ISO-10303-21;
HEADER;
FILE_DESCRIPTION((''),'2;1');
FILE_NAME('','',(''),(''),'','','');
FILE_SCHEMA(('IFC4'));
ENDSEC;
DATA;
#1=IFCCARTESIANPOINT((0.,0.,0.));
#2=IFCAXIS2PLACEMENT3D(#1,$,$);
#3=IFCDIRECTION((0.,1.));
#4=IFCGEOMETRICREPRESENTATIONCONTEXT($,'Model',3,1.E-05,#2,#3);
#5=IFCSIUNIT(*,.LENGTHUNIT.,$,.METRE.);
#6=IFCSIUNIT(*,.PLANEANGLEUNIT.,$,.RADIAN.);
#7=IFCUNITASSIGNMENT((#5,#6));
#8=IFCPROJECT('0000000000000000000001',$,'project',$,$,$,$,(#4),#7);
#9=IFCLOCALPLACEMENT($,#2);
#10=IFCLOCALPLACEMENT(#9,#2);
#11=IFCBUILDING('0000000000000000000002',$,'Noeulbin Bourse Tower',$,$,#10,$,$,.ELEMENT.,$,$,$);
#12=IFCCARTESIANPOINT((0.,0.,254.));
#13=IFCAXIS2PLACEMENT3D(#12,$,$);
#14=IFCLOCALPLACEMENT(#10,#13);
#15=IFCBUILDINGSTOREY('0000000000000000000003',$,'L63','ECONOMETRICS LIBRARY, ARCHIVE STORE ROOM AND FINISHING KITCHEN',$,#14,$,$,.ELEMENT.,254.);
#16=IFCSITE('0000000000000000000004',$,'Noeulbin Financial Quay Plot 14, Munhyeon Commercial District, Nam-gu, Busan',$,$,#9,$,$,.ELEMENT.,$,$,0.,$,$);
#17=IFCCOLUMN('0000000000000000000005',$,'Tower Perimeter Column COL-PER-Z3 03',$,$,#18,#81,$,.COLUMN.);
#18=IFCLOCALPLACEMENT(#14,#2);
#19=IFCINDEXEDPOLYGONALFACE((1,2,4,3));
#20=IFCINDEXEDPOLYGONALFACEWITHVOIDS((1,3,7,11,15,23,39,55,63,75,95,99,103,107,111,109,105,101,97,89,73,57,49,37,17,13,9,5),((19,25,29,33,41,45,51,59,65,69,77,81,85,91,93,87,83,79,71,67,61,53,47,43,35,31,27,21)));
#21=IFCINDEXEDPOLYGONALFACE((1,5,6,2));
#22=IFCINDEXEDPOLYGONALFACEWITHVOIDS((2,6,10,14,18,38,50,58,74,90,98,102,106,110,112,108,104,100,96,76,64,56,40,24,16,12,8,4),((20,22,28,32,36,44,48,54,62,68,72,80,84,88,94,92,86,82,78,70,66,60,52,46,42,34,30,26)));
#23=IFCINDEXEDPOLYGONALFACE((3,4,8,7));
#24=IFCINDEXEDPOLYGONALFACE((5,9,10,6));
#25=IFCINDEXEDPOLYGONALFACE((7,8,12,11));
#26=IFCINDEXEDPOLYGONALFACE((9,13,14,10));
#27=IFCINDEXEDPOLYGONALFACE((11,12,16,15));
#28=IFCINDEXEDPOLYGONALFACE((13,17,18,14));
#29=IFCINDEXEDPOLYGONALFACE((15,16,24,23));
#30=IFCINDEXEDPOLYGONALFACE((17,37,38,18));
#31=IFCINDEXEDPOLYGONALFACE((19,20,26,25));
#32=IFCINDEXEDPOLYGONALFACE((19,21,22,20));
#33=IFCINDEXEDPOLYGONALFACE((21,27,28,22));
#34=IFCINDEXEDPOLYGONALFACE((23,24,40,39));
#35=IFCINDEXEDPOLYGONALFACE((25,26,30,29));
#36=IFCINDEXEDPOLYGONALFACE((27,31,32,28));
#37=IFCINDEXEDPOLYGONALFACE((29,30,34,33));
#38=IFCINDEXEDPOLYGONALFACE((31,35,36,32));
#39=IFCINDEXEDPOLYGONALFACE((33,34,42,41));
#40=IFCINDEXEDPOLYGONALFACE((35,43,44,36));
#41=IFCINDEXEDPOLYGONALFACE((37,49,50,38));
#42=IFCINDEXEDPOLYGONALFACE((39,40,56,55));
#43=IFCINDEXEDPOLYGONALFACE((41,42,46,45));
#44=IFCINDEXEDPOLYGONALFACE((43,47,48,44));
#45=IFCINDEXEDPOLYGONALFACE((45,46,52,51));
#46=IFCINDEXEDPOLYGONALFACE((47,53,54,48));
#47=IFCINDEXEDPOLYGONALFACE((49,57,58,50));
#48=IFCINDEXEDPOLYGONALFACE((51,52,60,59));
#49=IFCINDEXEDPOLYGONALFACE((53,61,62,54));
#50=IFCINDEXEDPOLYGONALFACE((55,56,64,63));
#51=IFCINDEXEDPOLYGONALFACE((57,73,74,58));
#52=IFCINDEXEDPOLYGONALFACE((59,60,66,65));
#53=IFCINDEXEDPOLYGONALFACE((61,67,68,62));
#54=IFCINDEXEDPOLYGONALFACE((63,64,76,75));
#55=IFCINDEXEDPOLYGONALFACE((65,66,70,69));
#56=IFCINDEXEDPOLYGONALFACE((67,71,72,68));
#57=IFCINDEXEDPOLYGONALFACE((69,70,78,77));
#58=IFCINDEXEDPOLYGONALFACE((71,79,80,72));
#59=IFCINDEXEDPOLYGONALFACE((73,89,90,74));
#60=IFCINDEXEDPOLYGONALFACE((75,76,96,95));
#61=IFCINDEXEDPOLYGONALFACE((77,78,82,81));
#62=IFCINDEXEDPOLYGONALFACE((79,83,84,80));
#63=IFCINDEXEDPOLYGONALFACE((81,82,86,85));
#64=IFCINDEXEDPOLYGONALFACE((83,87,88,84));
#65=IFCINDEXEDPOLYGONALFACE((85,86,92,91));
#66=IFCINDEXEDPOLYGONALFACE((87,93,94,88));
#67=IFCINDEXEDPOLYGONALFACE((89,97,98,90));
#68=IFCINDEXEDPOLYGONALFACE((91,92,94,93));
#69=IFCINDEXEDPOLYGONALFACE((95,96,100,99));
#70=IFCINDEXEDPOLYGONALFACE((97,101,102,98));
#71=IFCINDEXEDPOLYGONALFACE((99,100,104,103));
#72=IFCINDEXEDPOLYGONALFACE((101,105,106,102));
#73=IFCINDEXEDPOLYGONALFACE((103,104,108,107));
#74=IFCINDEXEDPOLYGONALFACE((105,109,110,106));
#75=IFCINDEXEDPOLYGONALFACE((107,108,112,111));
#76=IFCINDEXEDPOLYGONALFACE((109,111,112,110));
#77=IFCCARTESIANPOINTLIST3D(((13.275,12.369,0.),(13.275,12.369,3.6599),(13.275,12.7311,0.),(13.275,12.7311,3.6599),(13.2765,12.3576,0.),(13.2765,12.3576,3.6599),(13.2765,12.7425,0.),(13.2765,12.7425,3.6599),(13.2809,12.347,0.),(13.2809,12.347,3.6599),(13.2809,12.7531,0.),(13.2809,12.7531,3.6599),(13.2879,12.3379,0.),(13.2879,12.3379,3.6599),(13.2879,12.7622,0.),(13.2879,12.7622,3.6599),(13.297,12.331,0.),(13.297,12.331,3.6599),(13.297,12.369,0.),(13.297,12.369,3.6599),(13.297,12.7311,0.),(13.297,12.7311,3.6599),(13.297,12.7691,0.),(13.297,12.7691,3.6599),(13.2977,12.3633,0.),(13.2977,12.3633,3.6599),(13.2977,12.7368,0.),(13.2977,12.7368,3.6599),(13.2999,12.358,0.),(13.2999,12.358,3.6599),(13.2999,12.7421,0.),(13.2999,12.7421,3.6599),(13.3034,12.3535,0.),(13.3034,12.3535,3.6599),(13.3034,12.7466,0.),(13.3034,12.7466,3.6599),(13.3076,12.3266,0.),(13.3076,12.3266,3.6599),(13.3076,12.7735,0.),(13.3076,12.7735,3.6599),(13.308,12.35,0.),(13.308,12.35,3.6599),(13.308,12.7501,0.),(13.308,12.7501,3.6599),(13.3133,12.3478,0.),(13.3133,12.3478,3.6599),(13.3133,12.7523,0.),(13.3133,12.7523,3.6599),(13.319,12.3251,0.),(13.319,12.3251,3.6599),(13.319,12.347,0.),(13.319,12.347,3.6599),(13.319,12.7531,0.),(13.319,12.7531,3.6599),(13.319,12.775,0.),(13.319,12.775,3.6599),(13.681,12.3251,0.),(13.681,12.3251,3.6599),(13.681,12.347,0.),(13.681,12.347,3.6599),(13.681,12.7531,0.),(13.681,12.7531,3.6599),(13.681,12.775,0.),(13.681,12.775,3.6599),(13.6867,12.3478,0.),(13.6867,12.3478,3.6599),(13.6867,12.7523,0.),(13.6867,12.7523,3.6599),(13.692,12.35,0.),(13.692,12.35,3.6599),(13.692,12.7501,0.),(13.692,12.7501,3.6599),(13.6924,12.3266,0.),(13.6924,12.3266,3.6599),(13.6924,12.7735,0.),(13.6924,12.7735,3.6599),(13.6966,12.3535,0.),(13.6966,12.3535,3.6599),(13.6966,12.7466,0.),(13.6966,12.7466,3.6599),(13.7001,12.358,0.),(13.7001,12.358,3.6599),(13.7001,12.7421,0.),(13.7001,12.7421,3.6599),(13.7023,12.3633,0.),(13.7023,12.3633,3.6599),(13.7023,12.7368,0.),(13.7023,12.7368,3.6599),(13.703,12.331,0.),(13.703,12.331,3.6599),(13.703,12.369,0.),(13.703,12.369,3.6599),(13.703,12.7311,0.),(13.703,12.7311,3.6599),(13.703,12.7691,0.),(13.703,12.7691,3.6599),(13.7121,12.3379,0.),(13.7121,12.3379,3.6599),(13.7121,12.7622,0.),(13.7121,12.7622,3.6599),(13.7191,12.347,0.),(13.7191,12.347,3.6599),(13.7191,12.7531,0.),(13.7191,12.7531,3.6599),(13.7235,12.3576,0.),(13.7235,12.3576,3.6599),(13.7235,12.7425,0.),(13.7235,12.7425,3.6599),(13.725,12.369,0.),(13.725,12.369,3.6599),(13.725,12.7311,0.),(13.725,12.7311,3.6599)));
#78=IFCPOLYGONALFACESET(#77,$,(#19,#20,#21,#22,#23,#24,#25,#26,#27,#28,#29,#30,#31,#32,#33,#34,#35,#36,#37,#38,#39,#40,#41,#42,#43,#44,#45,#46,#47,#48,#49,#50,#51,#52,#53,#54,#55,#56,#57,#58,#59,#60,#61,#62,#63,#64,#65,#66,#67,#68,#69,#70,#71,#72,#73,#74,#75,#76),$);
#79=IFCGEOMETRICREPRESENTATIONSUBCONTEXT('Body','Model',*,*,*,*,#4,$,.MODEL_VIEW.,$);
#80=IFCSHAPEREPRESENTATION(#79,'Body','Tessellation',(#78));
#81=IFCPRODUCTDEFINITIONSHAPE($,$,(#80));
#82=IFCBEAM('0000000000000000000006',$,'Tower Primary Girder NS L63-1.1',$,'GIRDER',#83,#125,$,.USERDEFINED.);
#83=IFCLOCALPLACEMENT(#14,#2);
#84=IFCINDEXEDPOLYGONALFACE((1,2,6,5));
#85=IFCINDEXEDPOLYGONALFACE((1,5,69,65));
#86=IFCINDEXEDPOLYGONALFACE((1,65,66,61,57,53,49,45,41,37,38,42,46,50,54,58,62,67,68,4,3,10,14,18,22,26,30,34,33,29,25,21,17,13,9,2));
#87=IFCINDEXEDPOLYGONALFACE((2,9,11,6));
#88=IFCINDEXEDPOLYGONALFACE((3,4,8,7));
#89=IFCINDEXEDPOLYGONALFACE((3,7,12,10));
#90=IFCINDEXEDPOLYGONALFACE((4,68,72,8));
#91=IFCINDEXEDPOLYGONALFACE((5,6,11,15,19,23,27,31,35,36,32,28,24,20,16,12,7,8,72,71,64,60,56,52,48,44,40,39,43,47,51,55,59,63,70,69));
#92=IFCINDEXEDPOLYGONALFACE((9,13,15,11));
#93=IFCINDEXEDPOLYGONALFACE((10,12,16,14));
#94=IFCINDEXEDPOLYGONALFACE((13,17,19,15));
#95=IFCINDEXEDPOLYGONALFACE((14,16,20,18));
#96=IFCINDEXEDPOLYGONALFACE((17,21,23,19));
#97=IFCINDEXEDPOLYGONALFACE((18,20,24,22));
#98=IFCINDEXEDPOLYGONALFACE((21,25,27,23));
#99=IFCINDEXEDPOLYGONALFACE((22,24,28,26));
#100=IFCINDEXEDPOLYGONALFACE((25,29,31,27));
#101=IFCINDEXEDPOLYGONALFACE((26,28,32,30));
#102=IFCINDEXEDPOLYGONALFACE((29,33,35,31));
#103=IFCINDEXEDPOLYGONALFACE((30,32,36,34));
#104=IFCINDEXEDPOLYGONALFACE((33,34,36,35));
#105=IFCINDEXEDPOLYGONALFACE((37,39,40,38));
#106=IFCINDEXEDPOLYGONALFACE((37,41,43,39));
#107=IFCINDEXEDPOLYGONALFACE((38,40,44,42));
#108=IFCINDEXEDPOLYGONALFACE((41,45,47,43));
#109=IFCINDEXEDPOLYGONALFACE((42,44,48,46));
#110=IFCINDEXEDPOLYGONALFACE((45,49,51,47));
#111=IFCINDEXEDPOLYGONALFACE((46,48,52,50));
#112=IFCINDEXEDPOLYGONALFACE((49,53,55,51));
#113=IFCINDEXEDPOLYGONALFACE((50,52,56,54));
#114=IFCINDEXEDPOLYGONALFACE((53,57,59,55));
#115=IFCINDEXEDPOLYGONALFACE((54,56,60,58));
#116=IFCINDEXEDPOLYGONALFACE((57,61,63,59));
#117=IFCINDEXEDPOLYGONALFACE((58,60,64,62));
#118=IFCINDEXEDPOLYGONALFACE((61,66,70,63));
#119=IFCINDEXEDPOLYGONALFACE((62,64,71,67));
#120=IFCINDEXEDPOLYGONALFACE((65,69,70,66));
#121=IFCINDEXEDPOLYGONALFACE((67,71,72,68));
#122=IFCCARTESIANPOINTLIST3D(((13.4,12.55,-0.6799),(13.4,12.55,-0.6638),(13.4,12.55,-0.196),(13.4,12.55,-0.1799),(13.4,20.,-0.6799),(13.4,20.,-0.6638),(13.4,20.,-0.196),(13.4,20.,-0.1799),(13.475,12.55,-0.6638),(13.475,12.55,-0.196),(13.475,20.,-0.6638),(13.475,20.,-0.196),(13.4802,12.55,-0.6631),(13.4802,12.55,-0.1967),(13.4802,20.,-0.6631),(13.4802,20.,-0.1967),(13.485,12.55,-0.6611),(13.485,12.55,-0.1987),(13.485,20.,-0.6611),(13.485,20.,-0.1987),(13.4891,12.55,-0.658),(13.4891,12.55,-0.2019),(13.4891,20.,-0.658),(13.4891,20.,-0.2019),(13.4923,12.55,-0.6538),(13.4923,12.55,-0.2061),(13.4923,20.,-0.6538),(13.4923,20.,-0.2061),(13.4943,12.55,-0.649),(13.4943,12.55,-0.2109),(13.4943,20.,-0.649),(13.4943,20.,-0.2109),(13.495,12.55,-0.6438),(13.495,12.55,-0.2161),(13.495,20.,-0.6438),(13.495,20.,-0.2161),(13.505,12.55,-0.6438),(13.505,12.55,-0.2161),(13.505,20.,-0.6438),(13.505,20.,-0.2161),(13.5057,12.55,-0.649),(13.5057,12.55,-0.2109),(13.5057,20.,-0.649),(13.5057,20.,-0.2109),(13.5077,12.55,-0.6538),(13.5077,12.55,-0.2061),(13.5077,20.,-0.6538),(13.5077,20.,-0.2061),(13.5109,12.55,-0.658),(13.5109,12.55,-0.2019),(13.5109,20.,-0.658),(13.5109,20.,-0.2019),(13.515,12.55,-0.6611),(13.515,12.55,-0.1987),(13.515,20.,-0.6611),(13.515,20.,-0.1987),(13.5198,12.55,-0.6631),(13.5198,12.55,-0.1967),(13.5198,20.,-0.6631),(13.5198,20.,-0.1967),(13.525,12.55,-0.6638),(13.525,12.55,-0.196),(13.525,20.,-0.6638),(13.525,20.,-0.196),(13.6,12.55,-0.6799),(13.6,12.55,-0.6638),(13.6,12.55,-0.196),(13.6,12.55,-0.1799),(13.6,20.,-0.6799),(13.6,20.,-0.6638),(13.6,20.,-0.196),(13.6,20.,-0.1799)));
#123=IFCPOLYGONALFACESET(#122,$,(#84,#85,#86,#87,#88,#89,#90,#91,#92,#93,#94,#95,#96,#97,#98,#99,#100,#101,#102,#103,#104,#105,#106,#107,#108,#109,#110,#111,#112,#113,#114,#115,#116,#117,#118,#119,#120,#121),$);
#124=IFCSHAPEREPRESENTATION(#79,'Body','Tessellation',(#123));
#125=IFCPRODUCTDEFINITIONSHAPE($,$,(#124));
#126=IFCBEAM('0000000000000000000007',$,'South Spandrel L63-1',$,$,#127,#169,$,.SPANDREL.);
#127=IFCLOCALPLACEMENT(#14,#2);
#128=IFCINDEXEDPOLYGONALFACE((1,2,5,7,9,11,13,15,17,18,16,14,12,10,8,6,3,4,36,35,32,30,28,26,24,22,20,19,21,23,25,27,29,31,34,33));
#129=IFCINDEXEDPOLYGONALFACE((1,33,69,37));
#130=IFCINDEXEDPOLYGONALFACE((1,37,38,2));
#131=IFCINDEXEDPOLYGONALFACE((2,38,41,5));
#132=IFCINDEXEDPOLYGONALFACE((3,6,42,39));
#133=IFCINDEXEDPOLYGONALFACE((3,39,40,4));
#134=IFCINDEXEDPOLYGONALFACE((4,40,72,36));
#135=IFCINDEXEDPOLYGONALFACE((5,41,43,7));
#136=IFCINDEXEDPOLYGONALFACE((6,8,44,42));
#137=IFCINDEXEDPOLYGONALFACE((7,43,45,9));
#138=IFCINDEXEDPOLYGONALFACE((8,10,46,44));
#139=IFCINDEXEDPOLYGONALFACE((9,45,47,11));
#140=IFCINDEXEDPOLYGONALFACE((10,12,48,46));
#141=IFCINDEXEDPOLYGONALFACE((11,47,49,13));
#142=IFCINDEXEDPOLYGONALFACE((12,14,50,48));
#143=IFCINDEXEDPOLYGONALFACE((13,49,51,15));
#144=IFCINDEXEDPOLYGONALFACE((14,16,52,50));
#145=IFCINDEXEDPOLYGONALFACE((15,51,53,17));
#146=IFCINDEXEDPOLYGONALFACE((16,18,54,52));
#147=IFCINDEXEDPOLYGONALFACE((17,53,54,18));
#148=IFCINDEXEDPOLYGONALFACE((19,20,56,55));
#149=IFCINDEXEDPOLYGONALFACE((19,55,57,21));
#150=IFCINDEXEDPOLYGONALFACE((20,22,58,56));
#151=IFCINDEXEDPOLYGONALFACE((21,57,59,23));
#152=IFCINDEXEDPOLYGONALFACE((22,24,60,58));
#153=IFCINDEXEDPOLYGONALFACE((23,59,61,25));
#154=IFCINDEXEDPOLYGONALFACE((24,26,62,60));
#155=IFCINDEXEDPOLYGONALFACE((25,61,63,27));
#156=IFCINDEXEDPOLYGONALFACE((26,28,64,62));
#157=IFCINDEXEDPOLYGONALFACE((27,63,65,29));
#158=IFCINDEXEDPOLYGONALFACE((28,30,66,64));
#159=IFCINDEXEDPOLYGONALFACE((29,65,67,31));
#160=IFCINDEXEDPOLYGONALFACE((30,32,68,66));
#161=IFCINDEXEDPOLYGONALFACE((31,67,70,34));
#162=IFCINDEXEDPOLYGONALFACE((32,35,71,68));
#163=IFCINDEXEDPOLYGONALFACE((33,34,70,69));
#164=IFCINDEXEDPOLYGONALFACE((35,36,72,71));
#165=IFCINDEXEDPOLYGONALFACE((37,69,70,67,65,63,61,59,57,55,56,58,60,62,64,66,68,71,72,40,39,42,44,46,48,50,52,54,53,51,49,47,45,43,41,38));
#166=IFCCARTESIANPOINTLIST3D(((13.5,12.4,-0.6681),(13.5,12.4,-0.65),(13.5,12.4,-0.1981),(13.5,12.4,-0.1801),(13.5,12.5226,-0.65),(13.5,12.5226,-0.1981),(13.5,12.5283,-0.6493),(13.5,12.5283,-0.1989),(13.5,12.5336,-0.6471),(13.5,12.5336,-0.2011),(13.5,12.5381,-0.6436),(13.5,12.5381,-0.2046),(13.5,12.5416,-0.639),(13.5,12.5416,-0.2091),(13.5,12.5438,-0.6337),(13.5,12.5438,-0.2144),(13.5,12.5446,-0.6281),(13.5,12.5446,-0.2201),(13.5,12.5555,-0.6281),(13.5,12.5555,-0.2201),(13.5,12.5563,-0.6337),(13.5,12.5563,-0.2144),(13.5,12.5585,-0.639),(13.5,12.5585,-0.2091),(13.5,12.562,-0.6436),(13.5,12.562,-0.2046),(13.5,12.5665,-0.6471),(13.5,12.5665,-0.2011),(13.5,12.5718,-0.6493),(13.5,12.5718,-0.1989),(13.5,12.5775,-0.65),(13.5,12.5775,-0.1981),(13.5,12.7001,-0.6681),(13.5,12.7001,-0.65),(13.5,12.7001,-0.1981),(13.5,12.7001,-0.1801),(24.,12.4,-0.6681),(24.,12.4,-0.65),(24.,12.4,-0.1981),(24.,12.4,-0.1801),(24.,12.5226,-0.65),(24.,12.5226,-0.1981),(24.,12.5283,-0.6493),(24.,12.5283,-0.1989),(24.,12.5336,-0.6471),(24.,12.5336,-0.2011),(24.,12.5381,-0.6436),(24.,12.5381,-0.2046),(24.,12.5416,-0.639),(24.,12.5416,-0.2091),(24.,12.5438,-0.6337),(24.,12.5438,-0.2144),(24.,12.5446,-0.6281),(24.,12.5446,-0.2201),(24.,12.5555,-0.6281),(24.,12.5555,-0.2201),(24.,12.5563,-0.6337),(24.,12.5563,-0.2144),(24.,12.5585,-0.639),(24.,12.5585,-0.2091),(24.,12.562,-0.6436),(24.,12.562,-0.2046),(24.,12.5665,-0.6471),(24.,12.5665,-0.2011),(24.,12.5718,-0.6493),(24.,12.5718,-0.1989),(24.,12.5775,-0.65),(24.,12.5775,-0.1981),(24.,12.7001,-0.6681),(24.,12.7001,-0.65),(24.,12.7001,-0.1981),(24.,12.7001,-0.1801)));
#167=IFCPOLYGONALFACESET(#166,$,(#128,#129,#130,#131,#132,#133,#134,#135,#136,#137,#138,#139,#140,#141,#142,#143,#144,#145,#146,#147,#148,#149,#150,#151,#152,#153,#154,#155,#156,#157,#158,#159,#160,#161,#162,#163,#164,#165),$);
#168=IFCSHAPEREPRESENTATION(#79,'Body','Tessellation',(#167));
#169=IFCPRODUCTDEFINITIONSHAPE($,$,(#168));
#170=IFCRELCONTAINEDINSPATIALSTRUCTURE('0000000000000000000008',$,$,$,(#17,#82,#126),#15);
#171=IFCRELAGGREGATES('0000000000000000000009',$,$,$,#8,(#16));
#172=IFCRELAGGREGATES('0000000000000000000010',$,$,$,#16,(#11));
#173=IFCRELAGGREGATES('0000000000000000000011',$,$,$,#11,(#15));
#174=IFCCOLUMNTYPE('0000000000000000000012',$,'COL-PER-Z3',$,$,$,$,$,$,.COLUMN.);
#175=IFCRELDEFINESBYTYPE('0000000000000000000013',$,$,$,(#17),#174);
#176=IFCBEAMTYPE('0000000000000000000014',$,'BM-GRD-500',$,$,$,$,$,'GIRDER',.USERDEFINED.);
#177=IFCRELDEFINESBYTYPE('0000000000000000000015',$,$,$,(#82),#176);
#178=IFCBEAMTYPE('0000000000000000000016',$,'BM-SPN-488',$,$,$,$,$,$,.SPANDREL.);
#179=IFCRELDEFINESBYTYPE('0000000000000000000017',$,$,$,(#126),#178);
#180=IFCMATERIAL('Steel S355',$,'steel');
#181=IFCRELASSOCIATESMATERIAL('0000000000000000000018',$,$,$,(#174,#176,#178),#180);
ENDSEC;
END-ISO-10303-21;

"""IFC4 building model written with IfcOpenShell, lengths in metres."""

from ifc_helpers import new_model, si_unit, direction, frame, origin, origin_2d, place, context, subcontext, project, spatial, hollow_rectangle, i_section, extrude, material, material_profile, profile_set, type_object, element, save


model = new_model("IFC4")

# Units and contexts
model_context = context("Model", 3, precision=1e-05, world=origin(), true_north=direction((0.0, 1.0)))
body_context = subcontext(model_context, "Body", "Model", "MODEL_VIEW")
ifc_project = project(units=[si_unit("LENGTHUNIT", "METRE"), si_unit("PLANEANGLEUNIT", "RADIAN")], contexts=[model_context])

# Site, building, storey
site_placement = place(None, origin())
site = spatial("IfcSite", under=ifc_project, at=site_placement, Name="Noeulbin Financial Quay Plot 14, Munhyeon Commercial District, Nam-gu, Busan", CompositionType="ELEMENT", RefElevation=0.0)
building_placement = place(site_placement, origin())
building = spatial("IfcBuilding", under=site, at=building_placement, Name="Noeulbin Bourse Tower", CompositionType="ELEMENT")
storey_placement = place(building_placement, frame((0.0, 0.0, 254.0)))
storey = spatial("IfcBuildingStorey", under=building, at=storey_placement, Name="L63", Description="ECONOMETRICS LIBRARY, ARCHIVE STORE ROOM AND FINISHING KITCHEN", CompositionType="ELEMENT", Elevation=254.0)

# Column
ifc_material_1 = material(Name="Steel S355", Category="steel")
ifc_material_profile_1 = material_profile(ifc_material_1, hollow_rectangle(XDim=0.45, YDim=0.45, WallThickness=0.022, InnerFilletRadius=0.022, OuterFilletRadius=0.0439, at=origin_2d()), Name="SHS-450x450x22", Category="LoadBearing")
ifc_profile_set_1 = profile_set([ifc_material_profile_1], Name="Steel S355")
column_type = type_object("IfcColumnType", Name="COL-PER-Z3", PredefinedType="COLUMN", material=ifc_profile_set_1)
column_placement = place(storey_placement, frame((13.5, 12.55, 0.0), z_axis=(0.0, 0.0, 1.0), x_axis=(1.0, 0.0, 0.0)))
element("IfcColumn", 1, at=column_placement, inside=storey, type_object=column_type, Name="Tower Perimeter Column COL-PER-Z3 03", PredefinedType="COLUMN", context=body_context, shape_type="SweptSolid", body=[
    extrude(hollow_rectangle(XDim=0.45, YDim=0.45, WallThickness=0.022, InnerFilletRadius=0.022, OuterFilletRadius=0.0439, at=origin_2d()), origin(), (0.0, 0.0, 1.0), 3.6599),
])

# Beams
ifc_material_profile_2 = material_profile(ifc_material_1, i_section(OverallWidth=0.2, OverallDepth=0.5, WebThickness=0.01, FlangeThickness=0.0161, FilletRadius=0.02, at=origin_2d()), Name="H-500x200x10x16", Category="LoadBearing")
ifc_profile_set_2 = profile_set([ifc_material_profile_2], Name="Steel S355")
beam_type_1 = type_object("IfcBeamType", Name="BM-GRD-500", ElementType="GIRDER", PredefinedType="USERDEFINED", material=ifc_profile_set_2)
beam_1_placement = place(storey_placement, frame((13.5, 12.55, -0.4299), z_axis=(0.0, 1.0, 0.0), x_axis=(-1.0, 0.0, 0.0)))
element("IfcBeam", 2, at=beam_1_placement, inside=storey, type_object=beam_type_1, Name="Tower Primary Girder NS L63-1.1", ObjectType="GIRDER", PredefinedType="USERDEFINED", context=body_context, shape_type="SweptSolid", body=[
    extrude(i_section(OverallWidth=0.2, OverallDepth=0.5, WebThickness=0.01, FlangeThickness=0.0161, FilletRadius=0.02, at=origin_2d()), origin(), (0.0, 0.0, 1.0), 7.45),
])
ifc_material_profile_3 = material_profile(ifc_material_1, i_section(OverallWidth=0.3, OverallDepth=0.488, WebThickness=0.011, FlangeThickness=0.0181, FilletRadius=0.022, at=origin_2d()), Name="H-488x300x11x18", Category="LoadBearing")
ifc_profile_set_3 = profile_set([ifc_material_profile_3], Name="Steel S355")
beam_type_2 = type_object("IfcBeamType", Name="BM-SPN-488", PredefinedType="SPANDREL", material=ifc_profile_set_3)
beam_2_placement = place(storey_placement, frame((13.5, 12.55, -0.4241), z_axis=(1.0, 0.0, 0.0), x_axis=(0.0, 1.0, 0.0)))
element("IfcBeam", 3, at=beam_2_placement, inside=storey, type_object=beam_type_2, Name="South Spandrel L63-1", PredefinedType="SPANDREL", context=body_context, shape_type="SweptSolid", body=[
    extrude(i_section(OverallWidth=0.3, OverallDepth=0.488, WebThickness=0.011, FlangeThickness=0.0181, FilletRadius=0.022, at=origin_2d()), origin(), (0.0, 0.0, 1.0), 10.5),
])

save(model, "model.ifc")
